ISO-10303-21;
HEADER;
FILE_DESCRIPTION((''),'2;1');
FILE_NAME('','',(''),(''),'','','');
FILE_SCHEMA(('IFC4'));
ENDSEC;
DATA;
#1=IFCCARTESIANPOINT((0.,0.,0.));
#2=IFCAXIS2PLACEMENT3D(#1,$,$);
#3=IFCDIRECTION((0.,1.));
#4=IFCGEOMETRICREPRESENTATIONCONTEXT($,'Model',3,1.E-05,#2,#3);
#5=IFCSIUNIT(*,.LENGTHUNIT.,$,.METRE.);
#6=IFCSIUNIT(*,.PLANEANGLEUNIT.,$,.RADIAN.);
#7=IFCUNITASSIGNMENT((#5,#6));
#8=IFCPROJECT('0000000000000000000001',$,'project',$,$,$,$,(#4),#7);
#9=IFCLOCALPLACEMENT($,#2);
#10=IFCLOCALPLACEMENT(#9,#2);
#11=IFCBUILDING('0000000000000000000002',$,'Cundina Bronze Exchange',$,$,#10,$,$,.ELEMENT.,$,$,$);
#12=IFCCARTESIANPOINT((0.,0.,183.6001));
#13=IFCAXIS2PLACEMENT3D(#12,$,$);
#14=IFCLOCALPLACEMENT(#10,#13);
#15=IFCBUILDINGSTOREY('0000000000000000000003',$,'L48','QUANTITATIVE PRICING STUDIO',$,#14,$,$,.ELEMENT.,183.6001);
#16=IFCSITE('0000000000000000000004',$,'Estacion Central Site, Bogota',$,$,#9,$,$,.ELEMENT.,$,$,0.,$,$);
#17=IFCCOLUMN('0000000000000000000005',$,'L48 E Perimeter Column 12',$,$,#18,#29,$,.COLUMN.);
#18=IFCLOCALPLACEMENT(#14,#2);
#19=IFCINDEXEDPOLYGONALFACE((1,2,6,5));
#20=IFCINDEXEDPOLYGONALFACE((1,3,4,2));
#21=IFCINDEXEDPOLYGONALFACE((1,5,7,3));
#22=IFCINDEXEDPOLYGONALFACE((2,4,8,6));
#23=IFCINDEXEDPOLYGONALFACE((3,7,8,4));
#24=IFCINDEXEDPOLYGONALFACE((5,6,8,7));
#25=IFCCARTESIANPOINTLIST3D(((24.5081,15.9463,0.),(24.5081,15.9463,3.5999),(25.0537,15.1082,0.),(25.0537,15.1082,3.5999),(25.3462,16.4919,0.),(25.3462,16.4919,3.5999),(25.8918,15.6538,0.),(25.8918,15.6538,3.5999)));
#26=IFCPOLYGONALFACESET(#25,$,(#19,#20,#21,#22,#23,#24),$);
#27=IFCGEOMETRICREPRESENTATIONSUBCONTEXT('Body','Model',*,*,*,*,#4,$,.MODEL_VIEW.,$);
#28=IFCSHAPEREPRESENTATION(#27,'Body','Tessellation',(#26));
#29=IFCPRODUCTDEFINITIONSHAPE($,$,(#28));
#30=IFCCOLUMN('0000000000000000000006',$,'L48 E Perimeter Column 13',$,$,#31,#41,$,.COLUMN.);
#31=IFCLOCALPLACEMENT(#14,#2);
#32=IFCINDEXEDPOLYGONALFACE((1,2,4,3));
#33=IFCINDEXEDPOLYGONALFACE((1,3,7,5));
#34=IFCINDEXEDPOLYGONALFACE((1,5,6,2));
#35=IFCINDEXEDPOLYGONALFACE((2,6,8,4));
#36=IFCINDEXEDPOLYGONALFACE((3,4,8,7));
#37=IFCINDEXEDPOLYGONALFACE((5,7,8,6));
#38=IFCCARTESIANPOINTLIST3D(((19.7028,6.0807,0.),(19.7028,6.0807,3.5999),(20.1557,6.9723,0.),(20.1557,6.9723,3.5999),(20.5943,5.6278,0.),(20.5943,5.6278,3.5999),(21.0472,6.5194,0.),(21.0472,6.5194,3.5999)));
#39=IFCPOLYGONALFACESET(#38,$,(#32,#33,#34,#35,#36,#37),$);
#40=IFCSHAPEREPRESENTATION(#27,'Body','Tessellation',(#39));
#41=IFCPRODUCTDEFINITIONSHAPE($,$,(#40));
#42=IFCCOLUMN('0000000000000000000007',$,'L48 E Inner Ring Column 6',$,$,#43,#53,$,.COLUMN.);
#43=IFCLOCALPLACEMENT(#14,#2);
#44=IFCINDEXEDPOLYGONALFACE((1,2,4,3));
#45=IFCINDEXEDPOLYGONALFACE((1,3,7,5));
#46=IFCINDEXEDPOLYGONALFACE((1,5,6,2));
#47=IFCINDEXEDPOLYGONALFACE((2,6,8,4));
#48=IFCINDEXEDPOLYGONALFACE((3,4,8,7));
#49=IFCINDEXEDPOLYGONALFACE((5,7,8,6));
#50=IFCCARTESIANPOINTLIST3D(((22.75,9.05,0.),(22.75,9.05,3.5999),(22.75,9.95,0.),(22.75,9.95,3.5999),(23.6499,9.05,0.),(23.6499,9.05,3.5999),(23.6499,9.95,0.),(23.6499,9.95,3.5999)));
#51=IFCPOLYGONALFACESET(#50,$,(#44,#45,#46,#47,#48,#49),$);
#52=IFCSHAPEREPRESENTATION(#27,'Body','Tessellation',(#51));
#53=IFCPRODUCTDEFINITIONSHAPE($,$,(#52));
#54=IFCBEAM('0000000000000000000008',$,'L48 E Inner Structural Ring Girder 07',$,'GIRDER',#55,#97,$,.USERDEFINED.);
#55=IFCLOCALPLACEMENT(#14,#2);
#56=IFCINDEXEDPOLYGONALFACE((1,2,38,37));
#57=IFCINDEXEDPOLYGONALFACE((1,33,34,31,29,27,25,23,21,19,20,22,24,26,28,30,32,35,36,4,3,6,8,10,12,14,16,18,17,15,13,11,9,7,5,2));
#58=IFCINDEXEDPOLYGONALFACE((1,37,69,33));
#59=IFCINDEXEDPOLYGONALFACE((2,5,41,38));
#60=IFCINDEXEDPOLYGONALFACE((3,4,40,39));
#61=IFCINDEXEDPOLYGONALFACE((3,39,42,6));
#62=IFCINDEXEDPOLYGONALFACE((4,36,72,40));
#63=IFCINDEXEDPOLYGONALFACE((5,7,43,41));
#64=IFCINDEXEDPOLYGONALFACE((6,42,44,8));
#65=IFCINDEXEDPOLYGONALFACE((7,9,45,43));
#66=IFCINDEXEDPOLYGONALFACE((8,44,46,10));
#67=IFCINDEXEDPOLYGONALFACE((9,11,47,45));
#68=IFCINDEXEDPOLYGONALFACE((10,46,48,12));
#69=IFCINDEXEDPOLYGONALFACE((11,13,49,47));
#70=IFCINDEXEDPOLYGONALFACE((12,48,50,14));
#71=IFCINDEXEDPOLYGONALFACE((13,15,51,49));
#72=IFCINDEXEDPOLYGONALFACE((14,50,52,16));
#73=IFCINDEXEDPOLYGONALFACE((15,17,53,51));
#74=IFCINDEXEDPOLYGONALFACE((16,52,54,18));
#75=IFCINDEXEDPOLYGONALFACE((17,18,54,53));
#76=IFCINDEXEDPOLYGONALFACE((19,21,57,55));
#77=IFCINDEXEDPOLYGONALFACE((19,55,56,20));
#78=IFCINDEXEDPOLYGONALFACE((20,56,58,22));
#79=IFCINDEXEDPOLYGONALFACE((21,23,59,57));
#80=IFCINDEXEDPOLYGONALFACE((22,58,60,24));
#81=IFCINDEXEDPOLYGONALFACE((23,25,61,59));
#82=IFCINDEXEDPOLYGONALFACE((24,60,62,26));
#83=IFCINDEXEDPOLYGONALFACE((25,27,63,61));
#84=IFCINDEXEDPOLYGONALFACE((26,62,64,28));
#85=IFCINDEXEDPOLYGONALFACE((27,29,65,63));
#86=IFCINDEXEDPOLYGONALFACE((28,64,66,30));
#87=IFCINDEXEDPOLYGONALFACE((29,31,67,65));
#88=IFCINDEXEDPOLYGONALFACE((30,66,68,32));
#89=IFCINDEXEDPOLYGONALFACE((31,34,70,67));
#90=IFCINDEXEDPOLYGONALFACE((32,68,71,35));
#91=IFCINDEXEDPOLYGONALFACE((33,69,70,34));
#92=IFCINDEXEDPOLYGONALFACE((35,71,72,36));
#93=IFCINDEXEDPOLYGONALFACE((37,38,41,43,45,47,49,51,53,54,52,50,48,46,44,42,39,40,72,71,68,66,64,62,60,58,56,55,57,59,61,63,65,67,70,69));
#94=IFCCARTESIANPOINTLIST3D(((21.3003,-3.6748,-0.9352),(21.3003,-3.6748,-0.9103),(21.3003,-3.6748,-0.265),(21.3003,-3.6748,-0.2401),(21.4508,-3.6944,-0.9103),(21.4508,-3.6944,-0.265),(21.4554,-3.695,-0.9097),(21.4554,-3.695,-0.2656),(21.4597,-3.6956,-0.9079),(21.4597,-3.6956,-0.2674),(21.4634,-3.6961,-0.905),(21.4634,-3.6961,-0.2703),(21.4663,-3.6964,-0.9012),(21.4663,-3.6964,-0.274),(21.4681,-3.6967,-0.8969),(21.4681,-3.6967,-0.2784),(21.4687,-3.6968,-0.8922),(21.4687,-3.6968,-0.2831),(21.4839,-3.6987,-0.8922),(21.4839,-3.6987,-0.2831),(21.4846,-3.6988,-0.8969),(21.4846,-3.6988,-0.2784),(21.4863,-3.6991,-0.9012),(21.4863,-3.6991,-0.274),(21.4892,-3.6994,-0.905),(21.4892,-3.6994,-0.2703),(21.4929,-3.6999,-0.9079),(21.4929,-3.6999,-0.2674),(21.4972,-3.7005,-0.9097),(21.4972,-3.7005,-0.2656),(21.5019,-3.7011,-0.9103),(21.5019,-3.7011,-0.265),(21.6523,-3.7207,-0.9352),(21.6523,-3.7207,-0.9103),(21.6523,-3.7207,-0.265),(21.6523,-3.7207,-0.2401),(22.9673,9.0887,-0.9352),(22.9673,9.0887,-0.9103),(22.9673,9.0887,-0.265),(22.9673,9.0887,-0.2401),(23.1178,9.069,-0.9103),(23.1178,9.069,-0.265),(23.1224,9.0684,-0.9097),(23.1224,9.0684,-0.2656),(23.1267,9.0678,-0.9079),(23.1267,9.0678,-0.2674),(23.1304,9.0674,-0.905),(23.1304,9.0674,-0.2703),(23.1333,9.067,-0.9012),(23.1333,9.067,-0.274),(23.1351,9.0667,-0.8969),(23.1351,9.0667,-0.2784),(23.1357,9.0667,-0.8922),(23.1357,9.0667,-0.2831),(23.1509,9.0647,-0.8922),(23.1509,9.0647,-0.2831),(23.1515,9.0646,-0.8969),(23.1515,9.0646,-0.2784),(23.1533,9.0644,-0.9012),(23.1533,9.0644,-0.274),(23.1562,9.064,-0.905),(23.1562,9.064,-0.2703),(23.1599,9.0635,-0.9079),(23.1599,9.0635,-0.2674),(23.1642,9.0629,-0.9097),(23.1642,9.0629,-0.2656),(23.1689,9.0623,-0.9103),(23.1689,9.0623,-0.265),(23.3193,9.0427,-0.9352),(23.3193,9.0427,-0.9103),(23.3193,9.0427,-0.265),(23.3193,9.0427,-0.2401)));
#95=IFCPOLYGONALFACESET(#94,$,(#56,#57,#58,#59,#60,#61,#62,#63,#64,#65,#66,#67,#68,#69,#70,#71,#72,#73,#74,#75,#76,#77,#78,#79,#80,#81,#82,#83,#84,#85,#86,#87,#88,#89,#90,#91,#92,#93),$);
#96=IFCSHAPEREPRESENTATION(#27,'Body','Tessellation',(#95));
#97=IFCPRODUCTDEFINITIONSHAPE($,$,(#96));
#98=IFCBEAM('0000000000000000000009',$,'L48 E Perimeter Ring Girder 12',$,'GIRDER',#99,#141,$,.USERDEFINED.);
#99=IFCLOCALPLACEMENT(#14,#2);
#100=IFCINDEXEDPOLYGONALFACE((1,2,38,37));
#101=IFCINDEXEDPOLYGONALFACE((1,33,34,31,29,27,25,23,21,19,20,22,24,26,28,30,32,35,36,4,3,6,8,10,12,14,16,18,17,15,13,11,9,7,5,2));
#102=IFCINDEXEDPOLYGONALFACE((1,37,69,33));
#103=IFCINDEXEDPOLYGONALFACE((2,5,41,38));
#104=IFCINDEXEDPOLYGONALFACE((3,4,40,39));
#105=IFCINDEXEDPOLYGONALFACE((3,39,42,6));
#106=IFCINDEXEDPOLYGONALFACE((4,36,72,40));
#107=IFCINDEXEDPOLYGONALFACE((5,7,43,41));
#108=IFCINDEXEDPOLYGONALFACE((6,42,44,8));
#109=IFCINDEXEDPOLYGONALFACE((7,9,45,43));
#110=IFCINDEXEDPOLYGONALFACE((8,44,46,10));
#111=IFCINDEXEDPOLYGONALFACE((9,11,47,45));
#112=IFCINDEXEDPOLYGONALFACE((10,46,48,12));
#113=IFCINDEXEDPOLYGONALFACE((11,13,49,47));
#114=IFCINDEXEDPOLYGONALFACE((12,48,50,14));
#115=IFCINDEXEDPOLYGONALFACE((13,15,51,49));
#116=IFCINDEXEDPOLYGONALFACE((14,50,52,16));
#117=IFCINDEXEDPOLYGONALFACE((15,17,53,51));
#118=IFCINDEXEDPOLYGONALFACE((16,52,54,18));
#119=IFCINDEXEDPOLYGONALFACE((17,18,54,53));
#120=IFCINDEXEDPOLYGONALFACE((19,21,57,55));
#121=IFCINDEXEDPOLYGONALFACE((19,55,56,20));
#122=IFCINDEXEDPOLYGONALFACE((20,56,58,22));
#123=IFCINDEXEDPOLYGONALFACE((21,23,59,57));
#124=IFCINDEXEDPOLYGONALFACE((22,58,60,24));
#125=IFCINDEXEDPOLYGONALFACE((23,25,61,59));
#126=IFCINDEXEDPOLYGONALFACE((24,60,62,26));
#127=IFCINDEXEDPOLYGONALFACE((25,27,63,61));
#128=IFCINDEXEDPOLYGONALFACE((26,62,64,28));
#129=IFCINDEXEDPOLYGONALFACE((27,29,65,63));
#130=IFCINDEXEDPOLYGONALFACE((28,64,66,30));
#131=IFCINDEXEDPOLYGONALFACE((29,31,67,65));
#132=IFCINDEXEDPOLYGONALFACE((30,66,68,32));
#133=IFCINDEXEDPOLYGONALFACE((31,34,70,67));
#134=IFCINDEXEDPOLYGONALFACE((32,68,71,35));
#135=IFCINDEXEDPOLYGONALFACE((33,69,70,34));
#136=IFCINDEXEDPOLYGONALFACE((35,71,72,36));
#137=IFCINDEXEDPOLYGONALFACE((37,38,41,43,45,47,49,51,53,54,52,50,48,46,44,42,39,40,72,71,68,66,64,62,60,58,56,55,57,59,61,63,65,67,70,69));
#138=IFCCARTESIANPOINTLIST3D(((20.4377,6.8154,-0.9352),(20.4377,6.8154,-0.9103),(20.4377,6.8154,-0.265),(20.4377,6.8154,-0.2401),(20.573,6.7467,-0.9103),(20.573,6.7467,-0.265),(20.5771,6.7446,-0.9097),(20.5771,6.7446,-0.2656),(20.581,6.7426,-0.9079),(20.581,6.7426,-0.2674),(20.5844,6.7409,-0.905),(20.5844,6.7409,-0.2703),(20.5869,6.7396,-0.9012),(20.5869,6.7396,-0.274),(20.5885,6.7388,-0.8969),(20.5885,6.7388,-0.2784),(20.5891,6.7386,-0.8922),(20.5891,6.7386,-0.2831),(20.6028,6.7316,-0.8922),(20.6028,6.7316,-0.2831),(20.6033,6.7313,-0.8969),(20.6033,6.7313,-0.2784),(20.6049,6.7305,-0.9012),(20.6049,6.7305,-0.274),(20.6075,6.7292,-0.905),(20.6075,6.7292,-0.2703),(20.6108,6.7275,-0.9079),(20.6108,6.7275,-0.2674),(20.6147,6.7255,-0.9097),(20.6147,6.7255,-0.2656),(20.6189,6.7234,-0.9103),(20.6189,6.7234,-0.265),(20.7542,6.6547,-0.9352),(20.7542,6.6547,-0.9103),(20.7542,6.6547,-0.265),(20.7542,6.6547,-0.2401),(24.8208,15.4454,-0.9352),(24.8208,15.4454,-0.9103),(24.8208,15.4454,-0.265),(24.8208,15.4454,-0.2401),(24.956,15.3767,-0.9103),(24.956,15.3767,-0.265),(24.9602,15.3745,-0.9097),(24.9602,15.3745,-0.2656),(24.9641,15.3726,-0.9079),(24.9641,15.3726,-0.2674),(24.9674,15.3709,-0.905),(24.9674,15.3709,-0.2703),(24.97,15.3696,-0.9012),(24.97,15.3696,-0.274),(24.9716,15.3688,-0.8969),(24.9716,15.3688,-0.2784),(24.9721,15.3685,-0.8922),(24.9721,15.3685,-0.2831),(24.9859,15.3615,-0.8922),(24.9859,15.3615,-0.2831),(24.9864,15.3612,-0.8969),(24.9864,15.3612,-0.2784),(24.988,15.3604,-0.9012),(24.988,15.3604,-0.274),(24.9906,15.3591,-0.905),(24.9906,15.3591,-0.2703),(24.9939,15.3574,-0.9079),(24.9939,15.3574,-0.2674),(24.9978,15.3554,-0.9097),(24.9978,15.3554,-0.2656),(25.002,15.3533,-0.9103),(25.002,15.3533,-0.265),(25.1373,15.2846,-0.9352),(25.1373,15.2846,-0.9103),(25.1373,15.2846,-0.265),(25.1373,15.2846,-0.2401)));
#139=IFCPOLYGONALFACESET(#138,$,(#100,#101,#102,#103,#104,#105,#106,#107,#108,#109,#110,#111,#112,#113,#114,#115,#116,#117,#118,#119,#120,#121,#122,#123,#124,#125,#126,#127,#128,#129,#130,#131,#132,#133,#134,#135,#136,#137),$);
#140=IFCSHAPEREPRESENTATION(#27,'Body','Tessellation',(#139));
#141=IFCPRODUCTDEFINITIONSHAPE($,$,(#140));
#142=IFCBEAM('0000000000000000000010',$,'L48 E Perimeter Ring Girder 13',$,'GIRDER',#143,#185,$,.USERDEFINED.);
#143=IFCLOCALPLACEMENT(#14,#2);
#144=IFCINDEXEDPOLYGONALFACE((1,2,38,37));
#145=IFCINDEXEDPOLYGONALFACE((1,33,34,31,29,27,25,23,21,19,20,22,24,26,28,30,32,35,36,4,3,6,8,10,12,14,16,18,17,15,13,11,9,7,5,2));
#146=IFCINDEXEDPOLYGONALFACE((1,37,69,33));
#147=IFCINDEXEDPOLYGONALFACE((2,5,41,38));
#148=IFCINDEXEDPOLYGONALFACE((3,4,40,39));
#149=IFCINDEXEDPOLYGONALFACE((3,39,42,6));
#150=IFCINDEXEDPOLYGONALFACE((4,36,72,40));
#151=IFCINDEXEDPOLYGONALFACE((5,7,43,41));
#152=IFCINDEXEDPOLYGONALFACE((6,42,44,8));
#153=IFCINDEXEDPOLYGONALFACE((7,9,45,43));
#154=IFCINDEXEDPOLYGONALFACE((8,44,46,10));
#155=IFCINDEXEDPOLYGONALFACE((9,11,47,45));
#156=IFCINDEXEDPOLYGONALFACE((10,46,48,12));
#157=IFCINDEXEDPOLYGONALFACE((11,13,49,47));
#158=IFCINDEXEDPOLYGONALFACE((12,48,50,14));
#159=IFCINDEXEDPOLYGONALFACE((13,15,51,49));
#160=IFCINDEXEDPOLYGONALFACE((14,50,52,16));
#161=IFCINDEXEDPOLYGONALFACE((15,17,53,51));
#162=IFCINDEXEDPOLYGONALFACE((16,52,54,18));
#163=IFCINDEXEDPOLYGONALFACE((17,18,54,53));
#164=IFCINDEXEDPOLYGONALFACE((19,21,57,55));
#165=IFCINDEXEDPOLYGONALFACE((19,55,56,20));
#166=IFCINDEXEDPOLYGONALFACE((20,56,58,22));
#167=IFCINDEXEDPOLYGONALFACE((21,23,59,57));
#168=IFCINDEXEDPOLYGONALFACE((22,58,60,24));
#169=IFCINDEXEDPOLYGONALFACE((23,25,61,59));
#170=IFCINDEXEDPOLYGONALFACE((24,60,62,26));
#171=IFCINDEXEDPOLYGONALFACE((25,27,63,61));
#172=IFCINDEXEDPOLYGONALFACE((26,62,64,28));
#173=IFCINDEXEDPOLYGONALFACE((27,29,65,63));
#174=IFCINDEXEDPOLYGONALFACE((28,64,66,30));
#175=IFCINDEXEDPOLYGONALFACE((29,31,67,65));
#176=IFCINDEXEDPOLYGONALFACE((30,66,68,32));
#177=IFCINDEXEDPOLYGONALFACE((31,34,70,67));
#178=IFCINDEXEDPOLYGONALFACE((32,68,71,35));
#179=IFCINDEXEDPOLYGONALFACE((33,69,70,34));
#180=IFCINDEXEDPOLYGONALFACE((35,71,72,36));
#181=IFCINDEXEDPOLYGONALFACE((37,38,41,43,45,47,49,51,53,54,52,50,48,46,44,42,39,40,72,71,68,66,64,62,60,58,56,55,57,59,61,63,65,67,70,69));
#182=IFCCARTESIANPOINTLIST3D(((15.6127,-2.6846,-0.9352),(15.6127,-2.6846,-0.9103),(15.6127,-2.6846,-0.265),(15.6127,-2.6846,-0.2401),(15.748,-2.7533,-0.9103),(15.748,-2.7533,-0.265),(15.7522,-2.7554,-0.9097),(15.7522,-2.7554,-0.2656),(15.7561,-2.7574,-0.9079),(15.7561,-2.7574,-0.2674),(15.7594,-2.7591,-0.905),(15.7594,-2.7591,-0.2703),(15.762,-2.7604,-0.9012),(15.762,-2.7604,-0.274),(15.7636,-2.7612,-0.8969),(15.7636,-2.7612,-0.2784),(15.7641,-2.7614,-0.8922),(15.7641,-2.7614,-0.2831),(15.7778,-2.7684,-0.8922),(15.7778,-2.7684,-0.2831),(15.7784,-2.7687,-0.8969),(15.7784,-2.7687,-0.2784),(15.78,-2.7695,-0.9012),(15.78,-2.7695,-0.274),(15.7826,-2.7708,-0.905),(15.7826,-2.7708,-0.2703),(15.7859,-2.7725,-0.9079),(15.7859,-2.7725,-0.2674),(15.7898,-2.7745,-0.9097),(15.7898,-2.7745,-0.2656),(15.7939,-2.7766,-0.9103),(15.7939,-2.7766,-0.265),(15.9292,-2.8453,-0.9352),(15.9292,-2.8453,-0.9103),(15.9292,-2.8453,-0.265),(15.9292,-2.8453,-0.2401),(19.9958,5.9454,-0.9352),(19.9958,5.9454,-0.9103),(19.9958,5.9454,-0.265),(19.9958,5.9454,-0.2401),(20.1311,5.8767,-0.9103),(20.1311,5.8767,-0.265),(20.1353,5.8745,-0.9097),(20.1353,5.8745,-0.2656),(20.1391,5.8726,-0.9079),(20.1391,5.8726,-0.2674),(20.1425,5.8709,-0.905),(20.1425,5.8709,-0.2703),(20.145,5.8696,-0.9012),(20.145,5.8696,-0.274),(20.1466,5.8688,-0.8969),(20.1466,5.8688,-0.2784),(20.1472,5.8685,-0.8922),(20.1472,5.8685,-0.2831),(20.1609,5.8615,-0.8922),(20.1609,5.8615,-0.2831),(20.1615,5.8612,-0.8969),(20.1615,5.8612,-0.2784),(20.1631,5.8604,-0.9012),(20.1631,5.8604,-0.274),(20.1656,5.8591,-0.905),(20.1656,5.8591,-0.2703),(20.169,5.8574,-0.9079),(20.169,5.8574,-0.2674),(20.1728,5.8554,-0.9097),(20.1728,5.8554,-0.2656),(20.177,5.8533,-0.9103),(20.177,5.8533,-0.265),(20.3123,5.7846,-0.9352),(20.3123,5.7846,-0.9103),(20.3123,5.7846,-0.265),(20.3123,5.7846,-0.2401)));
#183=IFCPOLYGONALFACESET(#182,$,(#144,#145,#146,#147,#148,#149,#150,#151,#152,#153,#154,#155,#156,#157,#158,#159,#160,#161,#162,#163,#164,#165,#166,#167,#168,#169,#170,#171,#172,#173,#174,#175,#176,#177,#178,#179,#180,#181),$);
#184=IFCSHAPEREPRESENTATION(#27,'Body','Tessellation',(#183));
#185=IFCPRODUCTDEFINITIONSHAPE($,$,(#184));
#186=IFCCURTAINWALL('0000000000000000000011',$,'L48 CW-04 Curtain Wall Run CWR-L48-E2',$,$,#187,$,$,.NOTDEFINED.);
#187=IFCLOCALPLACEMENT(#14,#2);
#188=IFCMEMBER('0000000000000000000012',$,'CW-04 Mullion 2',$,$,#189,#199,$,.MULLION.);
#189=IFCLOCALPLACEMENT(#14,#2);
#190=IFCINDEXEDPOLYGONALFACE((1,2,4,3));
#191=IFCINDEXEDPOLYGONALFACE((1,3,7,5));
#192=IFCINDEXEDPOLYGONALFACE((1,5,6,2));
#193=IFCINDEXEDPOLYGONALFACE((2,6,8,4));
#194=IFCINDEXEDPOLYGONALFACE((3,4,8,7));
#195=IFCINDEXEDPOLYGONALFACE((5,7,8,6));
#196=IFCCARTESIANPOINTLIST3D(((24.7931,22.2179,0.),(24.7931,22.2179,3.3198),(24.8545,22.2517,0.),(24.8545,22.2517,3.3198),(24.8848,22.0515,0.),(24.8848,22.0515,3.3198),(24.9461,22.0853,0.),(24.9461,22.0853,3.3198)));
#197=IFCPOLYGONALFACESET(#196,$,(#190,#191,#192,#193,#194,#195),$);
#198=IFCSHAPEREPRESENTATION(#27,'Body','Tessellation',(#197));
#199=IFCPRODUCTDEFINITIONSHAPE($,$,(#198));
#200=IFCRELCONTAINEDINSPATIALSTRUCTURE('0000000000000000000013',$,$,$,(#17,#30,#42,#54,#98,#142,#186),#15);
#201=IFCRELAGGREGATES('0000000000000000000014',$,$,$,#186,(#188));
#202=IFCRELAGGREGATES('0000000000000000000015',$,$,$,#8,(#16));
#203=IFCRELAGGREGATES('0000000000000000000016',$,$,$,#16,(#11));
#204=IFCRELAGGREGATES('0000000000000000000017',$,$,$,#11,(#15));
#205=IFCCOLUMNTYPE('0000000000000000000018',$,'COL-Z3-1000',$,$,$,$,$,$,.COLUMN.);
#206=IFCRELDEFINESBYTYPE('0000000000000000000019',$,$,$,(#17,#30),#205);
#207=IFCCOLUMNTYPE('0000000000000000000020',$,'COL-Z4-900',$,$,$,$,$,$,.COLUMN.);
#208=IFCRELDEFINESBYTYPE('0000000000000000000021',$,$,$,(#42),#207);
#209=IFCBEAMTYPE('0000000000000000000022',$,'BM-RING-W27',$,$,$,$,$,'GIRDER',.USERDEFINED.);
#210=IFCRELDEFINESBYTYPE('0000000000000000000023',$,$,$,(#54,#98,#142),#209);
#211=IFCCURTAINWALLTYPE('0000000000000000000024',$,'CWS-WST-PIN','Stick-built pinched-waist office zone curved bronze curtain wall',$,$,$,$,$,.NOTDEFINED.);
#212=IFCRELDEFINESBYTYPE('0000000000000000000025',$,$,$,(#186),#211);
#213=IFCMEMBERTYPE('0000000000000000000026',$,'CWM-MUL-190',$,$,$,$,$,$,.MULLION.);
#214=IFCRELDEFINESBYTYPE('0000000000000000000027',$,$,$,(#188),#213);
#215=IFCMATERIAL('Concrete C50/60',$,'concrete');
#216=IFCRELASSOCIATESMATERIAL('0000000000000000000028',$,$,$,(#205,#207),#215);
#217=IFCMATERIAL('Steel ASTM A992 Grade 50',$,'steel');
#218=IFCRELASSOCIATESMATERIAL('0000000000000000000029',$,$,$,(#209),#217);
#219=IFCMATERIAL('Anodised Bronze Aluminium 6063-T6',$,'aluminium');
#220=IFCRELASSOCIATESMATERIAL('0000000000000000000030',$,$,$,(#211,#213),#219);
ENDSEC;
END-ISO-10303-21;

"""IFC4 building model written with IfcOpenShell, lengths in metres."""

from ifc_helpers import new_model, si_unit, direction, frame, origin, origin_2d, place, context, subcontext, project, spatial, rectangle, i_section, extrude, material, material_profile, profile_set, type_object, element, aggregate, save


model = new_model("IFC4")

# Units and contexts
model_context = context("Model", 3, precision=1e-05, world=origin(), true_north=direction((0.0, 1.0)))
body_context = subcontext(model_context, "Body", "Model", "MODEL_VIEW")
ifc_project = project(units=[si_unit("LENGTHUNIT", "METRE"), si_unit("PLANEANGLEUNIT", "RADIAN")], contexts=[model_context])

# Site, building, storey
site_placement = place(None, origin())
site = spatial("IfcSite", under=ifc_project, at=site_placement, Name="Estacion Central Site, Bogota", CompositionType="ELEMENT", RefElevation=0.0)
building_placement = place(site_placement, origin())
building = spatial("IfcBuilding", under=site, at=building_placement, Name="Cundina Bronze Exchange", CompositionType="ELEMENT")
storey_placement = place(building_placement, frame((0.0, 0.0, 183.6001)))
storey = spatial("IfcBuildingStorey", under=building, at=storey_placement, Name="L48", Description="QUANTITATIVE PRICING STUDIO", CompositionType="ELEMENT", Elevation=183.6001)

# Columns
ifc_material_1 = material(Name="Concrete C50/60", Category="concrete")
ifc_material_profile_1 = material_profile(ifc_material_1, rectangle(XDim=1.0, YDim=1.0, at=origin_2d()), Name="RC1000X1000", Category="concrete")
ifc_profile_set_1 = profile_set([ifc_material_profile_1], Name="Concrete C50/60")
column_type_1 = type_object("IfcColumnType", Name="COL-Z3-1000", PredefinedType="COLUMN", material=ifc_profile_set_1)
for number, where, z_axis, x_axis, name in (
    (1, (25.2, 15.8, 0.0), (0.0, 0.0, 1.0), (-0.8381, -0.545517, 0.0), "L48 E Perimeter Column 12"),
    (2, (20.375, 6.3, 0.0), (0.0, 0.0, 1.0), (-0.452902, -0.891561, 0.0), "L48 E Perimeter Column 13"),
):
    element("IfcColumn", number, at=place(storey_placement, frame(where, z_axis=z_axis, x_axis=x_axis)), inside=storey, type_object=column_type_1, Name=name, PredefinedType="COLUMN", context=body_context, shape_type="SweptSolid", body=[
        extrude(rectangle(XDim=1.0, YDim=1.0, at=origin_2d()), origin(), (0.0, 0.0, 1.0), 3.5999),
    ])
ifc_material_profile_2 = material_profile(ifc_material_1, rectangle(XDim=0.8999, YDim=0.8999, at=origin_2d()), Name="RC900X900", Category="concrete")
ifc_profile_set_2 = profile_set([ifc_material_profile_2], Name="Concrete C50/60")
column_type_2 = type_object("IfcColumnType", Name="COL-Z4-900", PredefinedType="COLUMN", material=ifc_profile_set_2)
column_placement = place(storey_placement, frame((23.2, 9.5, 0.0), z_axis=(0.0, 0.0, 1.0), x_axis=(1.0, 0.0, 0.0)))
element("IfcColumn", 3, at=column_placement, inside=storey, type_object=column_type_2, Name="L48 E Inner Ring Column 6", PredefinedType="COLUMN", context=body_context, shape_type="SweptSolid", body=[
    extrude(rectangle(XDim=0.8999, YDim=0.8999, at=origin_2d()), origin(), (0.0, 0.0, 1.0), 3.5999),
])

# Beams
ifc_material_2 = material(Name="Steel ASTM A992 Grade 50", Category="steel")
ifc_material_profile_3 = material_profile(ifc_material_2, i_section(OverallWidth=0.355, OverallDepth=0.6951, WebThickness=0.0154, FlangeThickness=0.0249, FilletRadius=0.0181, at=origin_2d()), Name="W27X146", Category="steel")
ifc_profile_set_3 = profile_set([ifc_material_profile_3], Name="Steel ASTM A992 Grade 50")
beam_type = type_object("IfcBeamType", Name="BM-RING-W27", ElementType="GIRDER", PredefinedType="USERDEFINED", material=ifc_profile_set_3)
beam_placement = place(storey_placement, frame((23.1433, 9.0657, -0.5876), z_axis=(-0.129507, -0.991579, 0.0), x_axis=(0.991579, -0.129507, 0.0)))
element("IfcBeam", 4, at=beam_placement, inside=storey, type_object=beam_type, Name="L48 E Inner Structural Ring Girder 07", ObjectType="GIRDER", PredefinedType="USERDEFINED", context=body_context, shape_type="SweptSolid", body=[
    extrude(i_section(OverallWidth=0.355, OverallDepth=0.6951, WebThickness=0.0154, FlangeThickness=0.0249, FilletRadius=0.0181, at=origin_2d()), origin(), (0.0, 0.0, 1.0), 12.8718),
])
for number, where, z_axis, x_axis, name in (
    (5, (24.979, 15.365, -0.5876), (-0.452835, -0.891595, 0.0), (0.891595, -0.452835, 0.0), "L48 E Perimeter Ring Girder 12"),
    (6, (20.1541, 5.865, -0.5876), (-0.452835, -0.891595, 0.0), (0.891595, -0.452835, 0.0), "L48 E Perimeter Ring Girder 13"),
):
    element("IfcBeam", number, at=place(storey_placement, frame(where, z_axis=z_axis, x_axis=x_axis)), inside=storey, type_object=beam_type, Name=name, ObjectType="GIRDER", PredefinedType="USERDEFINED", context=body_context, shape_type="SweptSolid", body=[
        extrude(i_section(OverallWidth=0.355, OverallDepth=0.6951, WebThickness=0.0154, FlangeThickness=0.0249, FilletRadius=0.0181, at=origin_2d()), origin(), (0.0, 0.0, 1.0), 9.6792),
    ])

# Curtain wall, member
ifc_material_3 = material(Name="Anodised Bronze Aluminium 6063-T6", Category="aluminium")
curtain_wall_type = type_object("IfcCurtainWallType", Name="CWS-WST-PIN", Description="Stick-built pinched-waist office zone curved bronze curtain wall", PredefinedType="NOTDEFINED", material=ifc_material_3)
curtain_wall_placement = place(storey_placement, origin())
curtain_wall = element("IfcCurtainWall", 7, at=curtain_wall_placement, inside=storey, type_object=curtain_wall_type, Name="L48 CW-04 Curtain Wall Run CWR-L48-E2", PredefinedType="NOTDEFINED")
ifc_material_profile_4 = material_profile(ifc_material_3, rectangle(XDim=0.0701, YDim=0.1899, at=origin_2d()), Name="AL70X190", Category="aluminium")
ifc_profile_set_4 = profile_set([ifc_material_profile_4], Name="Anodised Bronze Aluminium 6063-T6")
member_type_1 = type_object("IfcMemberType", Name="CWM-MUL-190", PredefinedType="MULLION", material=ifc_profile_set_4)
member_1_placement = place(storey_placement, frame((24.8696, 22.1516, 0.0), z_axis=(0.0, 0.0, 1.0), x_axis=(-0.875886, -0.482518, 0.0)))
member_1 = element("IfcMember", 8, at=member_1_placement, type_object=member_type_1, Name="CW-04 Mullion 2", PredefinedType="MULLION", context=body_context, shape_type="SweptSolid", body=[
    extrude(rectangle(XDim=0.0701, YDim=0.1899, at=origin_2d()), origin(), (0.0, 0.0, 1.0), 3.3198),
])
aggregate(curtain_wall, [member_1])

save(model, "model.ifc")
